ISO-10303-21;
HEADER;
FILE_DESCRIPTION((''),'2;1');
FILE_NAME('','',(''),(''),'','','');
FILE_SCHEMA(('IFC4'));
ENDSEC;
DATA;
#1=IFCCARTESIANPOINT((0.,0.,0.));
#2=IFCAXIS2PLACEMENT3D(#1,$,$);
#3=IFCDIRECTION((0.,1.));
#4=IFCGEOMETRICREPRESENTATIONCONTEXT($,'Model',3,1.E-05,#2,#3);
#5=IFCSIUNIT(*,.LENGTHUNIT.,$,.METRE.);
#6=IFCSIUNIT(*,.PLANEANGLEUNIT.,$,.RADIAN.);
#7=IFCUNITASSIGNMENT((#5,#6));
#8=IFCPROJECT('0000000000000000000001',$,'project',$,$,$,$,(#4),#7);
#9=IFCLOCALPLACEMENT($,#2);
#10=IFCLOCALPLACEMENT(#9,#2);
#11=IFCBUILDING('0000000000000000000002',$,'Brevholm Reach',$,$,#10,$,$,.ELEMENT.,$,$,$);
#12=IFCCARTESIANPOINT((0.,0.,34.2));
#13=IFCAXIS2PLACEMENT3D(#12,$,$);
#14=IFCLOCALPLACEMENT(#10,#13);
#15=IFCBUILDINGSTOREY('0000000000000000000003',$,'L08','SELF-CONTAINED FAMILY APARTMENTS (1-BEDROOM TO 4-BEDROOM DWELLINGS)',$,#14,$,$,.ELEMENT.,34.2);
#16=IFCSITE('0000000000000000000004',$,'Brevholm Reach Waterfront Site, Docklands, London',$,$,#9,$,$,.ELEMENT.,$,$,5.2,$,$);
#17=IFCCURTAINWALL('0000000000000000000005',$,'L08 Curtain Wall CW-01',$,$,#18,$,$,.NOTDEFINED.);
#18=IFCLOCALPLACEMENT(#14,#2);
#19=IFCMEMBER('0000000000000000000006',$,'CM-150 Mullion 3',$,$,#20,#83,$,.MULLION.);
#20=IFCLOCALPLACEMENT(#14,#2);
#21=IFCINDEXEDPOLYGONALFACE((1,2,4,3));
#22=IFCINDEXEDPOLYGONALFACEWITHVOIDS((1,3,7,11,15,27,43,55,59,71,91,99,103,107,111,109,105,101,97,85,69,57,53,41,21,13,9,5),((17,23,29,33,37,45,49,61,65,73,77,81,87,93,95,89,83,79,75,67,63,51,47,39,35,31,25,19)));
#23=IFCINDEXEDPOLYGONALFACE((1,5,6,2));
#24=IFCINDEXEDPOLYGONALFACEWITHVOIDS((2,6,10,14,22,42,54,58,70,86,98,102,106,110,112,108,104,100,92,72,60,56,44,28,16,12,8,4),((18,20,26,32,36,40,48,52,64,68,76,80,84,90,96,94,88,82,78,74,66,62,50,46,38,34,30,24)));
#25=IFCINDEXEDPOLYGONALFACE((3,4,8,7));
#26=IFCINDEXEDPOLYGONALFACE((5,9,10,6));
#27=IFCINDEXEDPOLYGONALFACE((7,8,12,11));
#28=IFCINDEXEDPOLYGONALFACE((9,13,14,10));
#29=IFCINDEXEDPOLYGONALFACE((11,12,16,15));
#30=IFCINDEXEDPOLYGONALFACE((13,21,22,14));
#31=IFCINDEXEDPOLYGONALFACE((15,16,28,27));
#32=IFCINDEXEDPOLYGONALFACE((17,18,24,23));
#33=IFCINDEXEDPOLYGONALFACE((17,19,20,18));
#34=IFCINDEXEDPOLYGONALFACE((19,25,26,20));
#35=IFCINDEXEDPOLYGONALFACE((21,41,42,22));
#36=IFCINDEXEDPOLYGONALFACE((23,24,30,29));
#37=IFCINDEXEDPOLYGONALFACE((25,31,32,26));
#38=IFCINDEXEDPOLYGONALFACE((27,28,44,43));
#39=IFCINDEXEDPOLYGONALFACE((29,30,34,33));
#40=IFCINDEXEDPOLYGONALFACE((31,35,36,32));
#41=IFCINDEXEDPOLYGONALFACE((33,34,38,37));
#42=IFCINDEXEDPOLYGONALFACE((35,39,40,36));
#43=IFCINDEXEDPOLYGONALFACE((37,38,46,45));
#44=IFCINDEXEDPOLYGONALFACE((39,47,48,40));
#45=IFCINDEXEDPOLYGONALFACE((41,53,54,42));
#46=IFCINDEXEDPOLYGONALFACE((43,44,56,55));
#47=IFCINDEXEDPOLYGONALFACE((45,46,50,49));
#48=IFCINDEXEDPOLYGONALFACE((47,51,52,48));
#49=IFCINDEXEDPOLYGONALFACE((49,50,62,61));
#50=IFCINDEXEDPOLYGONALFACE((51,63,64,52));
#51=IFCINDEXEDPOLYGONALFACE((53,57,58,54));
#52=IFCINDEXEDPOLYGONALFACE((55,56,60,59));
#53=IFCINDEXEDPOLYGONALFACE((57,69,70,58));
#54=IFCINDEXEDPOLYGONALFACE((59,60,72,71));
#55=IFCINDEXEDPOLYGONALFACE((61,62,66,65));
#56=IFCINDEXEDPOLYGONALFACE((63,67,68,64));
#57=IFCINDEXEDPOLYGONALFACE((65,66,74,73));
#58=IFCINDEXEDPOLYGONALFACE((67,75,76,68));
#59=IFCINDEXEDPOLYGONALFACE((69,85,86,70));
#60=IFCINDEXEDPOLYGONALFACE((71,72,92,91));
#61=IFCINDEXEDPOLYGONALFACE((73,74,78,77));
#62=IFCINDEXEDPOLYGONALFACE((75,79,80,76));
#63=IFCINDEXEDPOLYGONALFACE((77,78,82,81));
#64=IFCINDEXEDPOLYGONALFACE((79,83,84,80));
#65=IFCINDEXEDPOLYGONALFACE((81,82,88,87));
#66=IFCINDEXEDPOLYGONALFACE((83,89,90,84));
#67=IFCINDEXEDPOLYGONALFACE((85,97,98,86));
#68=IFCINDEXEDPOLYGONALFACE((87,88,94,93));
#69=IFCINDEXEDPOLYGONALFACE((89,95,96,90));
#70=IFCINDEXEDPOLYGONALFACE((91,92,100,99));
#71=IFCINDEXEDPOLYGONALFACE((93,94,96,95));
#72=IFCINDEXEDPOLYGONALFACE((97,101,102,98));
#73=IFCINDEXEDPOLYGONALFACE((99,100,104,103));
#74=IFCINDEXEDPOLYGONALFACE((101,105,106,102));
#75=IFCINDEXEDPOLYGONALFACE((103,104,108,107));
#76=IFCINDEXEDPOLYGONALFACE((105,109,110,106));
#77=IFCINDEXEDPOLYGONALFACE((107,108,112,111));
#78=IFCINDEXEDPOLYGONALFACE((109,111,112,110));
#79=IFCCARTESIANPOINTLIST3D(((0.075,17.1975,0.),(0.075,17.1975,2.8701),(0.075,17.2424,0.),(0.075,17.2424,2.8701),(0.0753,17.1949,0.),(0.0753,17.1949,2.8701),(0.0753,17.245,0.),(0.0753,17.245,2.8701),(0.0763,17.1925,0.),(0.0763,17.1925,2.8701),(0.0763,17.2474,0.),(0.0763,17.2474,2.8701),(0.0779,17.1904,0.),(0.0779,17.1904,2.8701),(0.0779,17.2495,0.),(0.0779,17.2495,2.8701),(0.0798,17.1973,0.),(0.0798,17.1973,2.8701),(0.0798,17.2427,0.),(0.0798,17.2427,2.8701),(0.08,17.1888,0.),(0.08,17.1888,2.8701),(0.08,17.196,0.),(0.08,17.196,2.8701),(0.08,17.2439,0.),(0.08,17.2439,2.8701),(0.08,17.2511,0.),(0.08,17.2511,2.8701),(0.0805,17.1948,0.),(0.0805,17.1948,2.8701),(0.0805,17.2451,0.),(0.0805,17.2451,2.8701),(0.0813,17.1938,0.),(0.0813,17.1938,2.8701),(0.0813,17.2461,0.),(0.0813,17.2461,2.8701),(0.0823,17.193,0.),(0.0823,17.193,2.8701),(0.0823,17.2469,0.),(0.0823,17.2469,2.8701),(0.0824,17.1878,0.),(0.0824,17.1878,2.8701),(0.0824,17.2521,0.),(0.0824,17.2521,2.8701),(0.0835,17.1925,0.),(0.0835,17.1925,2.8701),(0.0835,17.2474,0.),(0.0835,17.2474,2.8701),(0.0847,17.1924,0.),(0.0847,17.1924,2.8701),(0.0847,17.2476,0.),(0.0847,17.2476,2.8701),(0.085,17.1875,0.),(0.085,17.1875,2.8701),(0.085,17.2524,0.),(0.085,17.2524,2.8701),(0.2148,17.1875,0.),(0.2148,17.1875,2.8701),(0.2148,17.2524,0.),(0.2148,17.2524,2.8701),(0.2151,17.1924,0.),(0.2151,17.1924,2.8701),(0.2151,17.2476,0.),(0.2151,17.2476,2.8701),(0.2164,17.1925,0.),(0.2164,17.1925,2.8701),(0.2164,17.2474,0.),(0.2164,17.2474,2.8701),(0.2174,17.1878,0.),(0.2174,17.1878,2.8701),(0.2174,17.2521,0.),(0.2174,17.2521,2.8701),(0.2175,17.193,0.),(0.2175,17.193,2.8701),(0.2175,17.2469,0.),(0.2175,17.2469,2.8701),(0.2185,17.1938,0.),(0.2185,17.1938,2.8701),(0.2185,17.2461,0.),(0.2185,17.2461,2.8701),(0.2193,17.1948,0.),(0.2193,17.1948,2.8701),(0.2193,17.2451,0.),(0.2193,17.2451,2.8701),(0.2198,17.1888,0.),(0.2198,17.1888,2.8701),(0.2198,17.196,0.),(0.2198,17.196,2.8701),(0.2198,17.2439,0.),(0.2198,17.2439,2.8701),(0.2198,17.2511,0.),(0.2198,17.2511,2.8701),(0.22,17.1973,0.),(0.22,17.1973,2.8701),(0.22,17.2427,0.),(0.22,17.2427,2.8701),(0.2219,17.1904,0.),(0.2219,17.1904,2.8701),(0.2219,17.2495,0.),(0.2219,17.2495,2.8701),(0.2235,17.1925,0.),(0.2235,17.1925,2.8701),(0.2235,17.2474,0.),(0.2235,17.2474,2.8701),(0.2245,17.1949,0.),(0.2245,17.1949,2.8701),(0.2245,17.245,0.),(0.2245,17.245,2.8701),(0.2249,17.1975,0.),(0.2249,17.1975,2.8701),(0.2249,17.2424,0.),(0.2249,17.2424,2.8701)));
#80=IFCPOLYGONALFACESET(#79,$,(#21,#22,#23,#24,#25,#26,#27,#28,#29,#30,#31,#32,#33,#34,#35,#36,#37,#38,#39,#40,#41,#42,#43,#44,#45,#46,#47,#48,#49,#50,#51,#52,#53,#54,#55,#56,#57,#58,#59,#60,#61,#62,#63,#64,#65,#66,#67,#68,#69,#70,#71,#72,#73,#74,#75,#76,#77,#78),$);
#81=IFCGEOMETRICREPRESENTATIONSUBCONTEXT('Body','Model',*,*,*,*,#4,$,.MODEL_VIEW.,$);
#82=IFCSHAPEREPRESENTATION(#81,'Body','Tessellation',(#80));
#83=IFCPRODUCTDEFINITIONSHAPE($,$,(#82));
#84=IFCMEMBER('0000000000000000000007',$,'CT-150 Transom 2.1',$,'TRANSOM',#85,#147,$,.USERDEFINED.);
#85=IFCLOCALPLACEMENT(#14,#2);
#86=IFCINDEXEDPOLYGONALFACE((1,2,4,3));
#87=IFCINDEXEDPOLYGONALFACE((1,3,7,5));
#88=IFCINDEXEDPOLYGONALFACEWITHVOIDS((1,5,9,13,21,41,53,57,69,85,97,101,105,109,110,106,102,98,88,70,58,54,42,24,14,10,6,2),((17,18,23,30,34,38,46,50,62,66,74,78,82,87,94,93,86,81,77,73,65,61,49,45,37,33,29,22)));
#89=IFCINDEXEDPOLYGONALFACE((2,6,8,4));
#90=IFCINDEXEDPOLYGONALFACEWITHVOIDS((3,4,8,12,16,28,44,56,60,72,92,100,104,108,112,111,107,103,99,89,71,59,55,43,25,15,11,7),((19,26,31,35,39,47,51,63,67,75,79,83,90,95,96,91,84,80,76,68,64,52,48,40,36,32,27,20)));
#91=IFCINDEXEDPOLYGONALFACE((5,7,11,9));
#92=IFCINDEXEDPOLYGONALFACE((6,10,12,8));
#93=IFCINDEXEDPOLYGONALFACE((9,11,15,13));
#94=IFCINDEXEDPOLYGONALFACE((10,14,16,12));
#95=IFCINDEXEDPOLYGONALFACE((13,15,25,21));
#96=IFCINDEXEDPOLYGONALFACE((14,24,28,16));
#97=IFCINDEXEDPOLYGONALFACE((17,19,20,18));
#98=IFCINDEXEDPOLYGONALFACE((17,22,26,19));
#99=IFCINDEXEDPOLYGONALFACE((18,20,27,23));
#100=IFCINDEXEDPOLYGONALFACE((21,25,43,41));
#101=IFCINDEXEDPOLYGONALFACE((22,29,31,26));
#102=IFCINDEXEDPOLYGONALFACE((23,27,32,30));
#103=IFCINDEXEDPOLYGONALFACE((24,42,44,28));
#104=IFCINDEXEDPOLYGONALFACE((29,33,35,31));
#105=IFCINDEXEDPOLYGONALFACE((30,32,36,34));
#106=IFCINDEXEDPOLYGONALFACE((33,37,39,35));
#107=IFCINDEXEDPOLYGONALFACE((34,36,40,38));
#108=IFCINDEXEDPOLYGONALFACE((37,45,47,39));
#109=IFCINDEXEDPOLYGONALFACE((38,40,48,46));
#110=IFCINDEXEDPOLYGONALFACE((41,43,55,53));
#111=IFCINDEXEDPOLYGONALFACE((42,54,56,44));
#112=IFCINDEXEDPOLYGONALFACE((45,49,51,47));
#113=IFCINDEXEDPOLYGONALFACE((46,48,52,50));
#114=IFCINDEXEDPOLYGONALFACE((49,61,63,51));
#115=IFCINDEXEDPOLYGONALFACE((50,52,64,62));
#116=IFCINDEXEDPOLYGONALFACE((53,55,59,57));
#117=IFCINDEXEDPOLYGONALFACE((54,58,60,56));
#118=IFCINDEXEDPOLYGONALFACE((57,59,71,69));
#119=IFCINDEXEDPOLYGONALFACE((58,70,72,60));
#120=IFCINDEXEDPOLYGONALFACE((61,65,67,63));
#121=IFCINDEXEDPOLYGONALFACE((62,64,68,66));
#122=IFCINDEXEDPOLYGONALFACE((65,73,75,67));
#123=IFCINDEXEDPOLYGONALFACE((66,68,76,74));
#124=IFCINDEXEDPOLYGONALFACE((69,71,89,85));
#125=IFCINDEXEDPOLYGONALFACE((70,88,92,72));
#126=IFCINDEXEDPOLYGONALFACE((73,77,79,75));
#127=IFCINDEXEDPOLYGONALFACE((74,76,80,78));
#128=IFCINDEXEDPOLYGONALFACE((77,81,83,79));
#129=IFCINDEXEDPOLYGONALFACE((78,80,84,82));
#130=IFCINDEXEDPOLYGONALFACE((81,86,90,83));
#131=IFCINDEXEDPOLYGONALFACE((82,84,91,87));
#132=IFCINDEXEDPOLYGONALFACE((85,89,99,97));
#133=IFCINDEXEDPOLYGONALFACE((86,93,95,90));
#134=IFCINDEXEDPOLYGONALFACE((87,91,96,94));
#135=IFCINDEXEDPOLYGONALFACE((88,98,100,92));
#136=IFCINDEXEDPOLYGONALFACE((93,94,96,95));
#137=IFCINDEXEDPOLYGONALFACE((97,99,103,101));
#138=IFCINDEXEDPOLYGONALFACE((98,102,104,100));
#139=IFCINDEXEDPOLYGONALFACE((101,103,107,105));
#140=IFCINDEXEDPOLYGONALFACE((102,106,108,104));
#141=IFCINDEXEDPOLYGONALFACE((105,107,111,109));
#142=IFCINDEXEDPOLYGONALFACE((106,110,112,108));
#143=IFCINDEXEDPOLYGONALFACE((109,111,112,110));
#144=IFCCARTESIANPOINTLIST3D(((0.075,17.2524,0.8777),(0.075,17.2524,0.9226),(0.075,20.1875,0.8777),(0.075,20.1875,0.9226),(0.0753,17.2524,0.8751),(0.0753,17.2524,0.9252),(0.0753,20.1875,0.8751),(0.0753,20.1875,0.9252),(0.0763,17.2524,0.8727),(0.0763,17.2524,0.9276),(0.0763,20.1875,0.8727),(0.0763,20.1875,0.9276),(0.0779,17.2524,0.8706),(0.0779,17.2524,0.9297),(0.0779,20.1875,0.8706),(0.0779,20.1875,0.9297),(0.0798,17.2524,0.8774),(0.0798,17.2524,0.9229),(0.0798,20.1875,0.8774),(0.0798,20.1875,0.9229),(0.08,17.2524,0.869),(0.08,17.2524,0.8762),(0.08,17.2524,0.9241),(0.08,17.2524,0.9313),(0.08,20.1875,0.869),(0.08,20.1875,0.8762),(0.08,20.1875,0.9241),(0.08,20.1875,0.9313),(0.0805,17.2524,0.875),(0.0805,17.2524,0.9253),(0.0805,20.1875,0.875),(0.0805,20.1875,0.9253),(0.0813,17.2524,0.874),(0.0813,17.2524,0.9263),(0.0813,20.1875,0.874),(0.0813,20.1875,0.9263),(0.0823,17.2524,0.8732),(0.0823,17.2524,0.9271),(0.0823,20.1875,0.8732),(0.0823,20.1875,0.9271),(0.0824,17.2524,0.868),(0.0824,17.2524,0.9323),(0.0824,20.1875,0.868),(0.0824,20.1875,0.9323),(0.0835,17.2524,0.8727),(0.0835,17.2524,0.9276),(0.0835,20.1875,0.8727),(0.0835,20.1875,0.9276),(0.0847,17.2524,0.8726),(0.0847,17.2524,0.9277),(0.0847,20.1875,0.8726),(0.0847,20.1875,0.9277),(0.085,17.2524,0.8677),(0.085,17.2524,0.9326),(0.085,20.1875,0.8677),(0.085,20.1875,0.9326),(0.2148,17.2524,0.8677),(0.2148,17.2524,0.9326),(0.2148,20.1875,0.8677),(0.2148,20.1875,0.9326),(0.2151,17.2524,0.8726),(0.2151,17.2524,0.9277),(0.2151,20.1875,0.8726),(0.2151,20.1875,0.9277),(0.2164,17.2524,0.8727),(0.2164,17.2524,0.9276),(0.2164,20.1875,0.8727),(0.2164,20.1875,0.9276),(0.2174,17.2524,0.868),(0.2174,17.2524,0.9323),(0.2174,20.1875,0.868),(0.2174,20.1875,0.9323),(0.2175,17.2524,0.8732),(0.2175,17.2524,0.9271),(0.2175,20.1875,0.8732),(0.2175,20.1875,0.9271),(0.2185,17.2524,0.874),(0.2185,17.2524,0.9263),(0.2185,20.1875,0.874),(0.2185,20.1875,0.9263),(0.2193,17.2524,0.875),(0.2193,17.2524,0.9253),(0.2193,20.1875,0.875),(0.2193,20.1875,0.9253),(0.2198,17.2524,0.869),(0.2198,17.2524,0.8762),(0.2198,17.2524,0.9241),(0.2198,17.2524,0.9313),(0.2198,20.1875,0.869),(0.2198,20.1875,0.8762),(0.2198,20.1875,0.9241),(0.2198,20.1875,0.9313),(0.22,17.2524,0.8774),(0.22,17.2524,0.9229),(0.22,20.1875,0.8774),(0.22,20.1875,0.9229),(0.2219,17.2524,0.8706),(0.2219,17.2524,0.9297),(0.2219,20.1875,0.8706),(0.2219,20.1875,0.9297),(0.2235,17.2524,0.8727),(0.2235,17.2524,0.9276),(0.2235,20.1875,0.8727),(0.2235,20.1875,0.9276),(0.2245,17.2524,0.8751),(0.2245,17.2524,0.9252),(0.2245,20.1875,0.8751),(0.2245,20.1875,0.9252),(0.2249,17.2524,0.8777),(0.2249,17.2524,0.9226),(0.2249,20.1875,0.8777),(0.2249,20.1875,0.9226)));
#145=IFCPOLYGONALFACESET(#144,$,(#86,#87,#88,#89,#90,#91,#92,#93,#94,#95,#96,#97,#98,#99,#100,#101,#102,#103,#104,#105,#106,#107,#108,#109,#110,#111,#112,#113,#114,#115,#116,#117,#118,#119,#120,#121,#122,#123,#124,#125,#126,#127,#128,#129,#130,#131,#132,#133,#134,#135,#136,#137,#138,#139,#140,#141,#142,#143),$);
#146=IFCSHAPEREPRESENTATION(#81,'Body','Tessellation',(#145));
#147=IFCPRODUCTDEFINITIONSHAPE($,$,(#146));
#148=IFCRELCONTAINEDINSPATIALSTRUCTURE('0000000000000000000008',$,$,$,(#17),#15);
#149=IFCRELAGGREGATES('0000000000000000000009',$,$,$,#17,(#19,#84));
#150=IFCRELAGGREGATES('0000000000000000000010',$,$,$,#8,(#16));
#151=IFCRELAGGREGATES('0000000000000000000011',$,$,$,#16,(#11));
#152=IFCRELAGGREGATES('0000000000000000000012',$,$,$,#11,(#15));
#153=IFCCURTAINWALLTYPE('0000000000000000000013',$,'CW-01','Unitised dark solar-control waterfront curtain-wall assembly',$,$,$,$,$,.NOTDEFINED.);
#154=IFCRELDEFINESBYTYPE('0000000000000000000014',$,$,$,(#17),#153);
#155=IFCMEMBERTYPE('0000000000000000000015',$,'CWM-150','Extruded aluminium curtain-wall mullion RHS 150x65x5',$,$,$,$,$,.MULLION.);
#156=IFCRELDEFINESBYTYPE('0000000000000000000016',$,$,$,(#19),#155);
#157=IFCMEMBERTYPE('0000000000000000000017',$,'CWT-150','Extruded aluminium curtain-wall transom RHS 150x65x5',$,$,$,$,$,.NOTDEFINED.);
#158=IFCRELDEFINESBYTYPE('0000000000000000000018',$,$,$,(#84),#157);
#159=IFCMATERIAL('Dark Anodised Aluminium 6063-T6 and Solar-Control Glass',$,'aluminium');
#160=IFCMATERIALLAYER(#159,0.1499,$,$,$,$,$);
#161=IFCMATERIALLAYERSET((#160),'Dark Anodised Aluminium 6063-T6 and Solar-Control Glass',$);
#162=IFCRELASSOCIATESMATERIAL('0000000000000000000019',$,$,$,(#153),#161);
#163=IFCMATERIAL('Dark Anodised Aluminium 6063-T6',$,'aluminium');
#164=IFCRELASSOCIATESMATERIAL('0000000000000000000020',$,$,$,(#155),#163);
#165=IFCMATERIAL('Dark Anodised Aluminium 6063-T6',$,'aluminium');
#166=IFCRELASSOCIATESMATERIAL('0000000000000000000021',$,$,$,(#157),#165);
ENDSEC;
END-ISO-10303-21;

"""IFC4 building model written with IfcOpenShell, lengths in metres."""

from ifc_helpers import new_model, si_unit, direction, frame, origin, origin_2d, place, context, subcontext, project, spatial, hollow_rectangle, extrude, material, layer, layer_set, material_profile, profile_set, type_object, element, aggregate, save


model = new_model("IFC4")

# Units and contexts
model_context = context("Model", 3, precision=1e-05, world=origin(), true_north=direction((0.0, 1.0)))
body_context = subcontext(model_context, "Body", "Model", "MODEL_VIEW")
ifc_project = project(units=[si_unit("LENGTHUNIT", "METRE"), si_unit("PLANEANGLEUNIT", "RADIAN")], contexts=[model_context])

# Site, building, storey
site_placement = place(None, origin())
site = spatial("IfcSite", under=ifc_project, at=site_placement, Name="Brevholm Reach Waterfront Site, Docklands, London", CompositionType="ELEMENT", RefElevation=5.2)
building_placement = place(site_placement, origin())
building = spatial("IfcBuilding", under=site, at=building_placement, Name="Brevholm Reach", CompositionType="ELEMENT")
storey_placement = place(building_placement, frame((0.0, 0.0, 34.2)))
storey = spatial("IfcBuildingStorey", under=building, at=storey_placement, Name="L08", Description="SELF-CONTAINED FAMILY APARTMENTS (1-BEDROOM TO 4-BEDROOM DWELLINGS)", CompositionType="ELEMENT", Elevation=34.2)

# Curtain wall, members
ifc_material_1 = material(Name="Dark Anodised Aluminium 6063-T6 and Solar-Control Glass", Category="aluminium")
ifc_layer_1 = layer(ifc_material_1, 0.1499)
ifc_layer_set_1 = layer_set([ifc_layer_1], Name="Dark Anodised Aluminium 6063-T6 and Solar-Control Glass")
curtain_wall_type = type_object("IfcCurtainWallType", Name="CW-01", Description="Unitised dark solar-control waterfront curtain-wall assembly", PredefinedType="NOTDEFINED", material=ifc_layer_set_1)
curtain_wall_placement = place(storey_placement, origin())
curtain_wall = element("IfcCurtainWall", 1, at=curtain_wall_placement, inside=storey, type_object=curtain_wall_type, Name="L08 Curtain Wall CW-01", PredefinedType="NOTDEFINED")
ifc_material_2 = material(Name="Dark Anodised Aluminium 6063-T6", Category="aluminium")
ifc_material_profile_1 = material_profile(ifc_material_2, hollow_rectangle(XDim=0.0649, YDim=0.1499, WallThickness=0.0049, InnerFilletRadius=0.0049, OuterFilletRadius=0.01, at=origin_2d()), Name="RHS 150x65x5")
ifc_profile_set_1 = profile_set([ifc_material_profile_1], Name="Dark Anodised Aluminium 6063-T6")
member_type_1 = type_object("IfcMemberType", Name="CWM-150", Description="Extruded aluminium curtain-wall mullion RHS 150x65x5", PredefinedType="MULLION", material=ifc_profile_set_1)
member_1_placement = place(storey_placement, frame((0.1499, 17.22, 0.0), z_axis=(0.0, 0.0, 1.0), x_axis=(0.0, -1.0, 0.0)))
member_1 = element("IfcMember", 2, at=member_1_placement, type_object=member_type_1, Name="CM-150 Mullion 3", PredefinedType="MULLION", context=body_context, shape_type="SweptSolid", body=[
    extrude(hollow_rectangle(XDim=0.0649, YDim=0.1499, WallThickness=0.0049, InnerFilletRadius=0.0049, OuterFilletRadius=0.01, at=origin_2d()), origin(), (0.0, 0.0, 1.0), 2.8701),
])
ifc_material_3 = material(Name="Dark Anodised Aluminium 6063-T6", Category="aluminium")
ifc_material_profile_2 = material_profile(ifc_material_3, hollow_rectangle(XDim=0.0649, YDim=0.1499, WallThickness=0.0049, InnerFilletRadius=0.0049, OuterFilletRadius=0.01, at=origin_2d()), Name="RHS 150x65x5")
ifc_profile_set_2 = profile_set([ifc_material_profile_2], Name="Dark Anodised Aluminium 6063-T6")
member_type_2 = type_object("IfcMemberType", Name="CWT-150", Description="Extruded aluminium curtain-wall transom RHS 150x65x5", PredefinedType="NOTDEFINED", material=ifc_profile_set_2)
member_2_placement = place(storey_placement, frame((0.1499, 20.1875, 0.9001), z_axis=(0.0, -1.0, 0.0), x_axis=(0.0, 0.0, 1.0)))
member_2 = element("IfcMember", 3, at=member_2_placement, type_object=member_type_2, Name="CT-150 Transom 2.1", ObjectType="TRANSOM", PredefinedType="USERDEFINED", context=body_context, shape_type="SweptSolid", body=[
    extrude(hollow_rectangle(XDim=0.0649, YDim=0.1499, WallThickness=0.0049, InnerFilletRadius=0.0049, OuterFilletRadius=0.01, at=origin_2d()), origin(), (0.0, 0.0, 1.0), 2.9351),
])
aggregate(curtain_wall, [member_1, member_2])

save(model, "model.ifc")
